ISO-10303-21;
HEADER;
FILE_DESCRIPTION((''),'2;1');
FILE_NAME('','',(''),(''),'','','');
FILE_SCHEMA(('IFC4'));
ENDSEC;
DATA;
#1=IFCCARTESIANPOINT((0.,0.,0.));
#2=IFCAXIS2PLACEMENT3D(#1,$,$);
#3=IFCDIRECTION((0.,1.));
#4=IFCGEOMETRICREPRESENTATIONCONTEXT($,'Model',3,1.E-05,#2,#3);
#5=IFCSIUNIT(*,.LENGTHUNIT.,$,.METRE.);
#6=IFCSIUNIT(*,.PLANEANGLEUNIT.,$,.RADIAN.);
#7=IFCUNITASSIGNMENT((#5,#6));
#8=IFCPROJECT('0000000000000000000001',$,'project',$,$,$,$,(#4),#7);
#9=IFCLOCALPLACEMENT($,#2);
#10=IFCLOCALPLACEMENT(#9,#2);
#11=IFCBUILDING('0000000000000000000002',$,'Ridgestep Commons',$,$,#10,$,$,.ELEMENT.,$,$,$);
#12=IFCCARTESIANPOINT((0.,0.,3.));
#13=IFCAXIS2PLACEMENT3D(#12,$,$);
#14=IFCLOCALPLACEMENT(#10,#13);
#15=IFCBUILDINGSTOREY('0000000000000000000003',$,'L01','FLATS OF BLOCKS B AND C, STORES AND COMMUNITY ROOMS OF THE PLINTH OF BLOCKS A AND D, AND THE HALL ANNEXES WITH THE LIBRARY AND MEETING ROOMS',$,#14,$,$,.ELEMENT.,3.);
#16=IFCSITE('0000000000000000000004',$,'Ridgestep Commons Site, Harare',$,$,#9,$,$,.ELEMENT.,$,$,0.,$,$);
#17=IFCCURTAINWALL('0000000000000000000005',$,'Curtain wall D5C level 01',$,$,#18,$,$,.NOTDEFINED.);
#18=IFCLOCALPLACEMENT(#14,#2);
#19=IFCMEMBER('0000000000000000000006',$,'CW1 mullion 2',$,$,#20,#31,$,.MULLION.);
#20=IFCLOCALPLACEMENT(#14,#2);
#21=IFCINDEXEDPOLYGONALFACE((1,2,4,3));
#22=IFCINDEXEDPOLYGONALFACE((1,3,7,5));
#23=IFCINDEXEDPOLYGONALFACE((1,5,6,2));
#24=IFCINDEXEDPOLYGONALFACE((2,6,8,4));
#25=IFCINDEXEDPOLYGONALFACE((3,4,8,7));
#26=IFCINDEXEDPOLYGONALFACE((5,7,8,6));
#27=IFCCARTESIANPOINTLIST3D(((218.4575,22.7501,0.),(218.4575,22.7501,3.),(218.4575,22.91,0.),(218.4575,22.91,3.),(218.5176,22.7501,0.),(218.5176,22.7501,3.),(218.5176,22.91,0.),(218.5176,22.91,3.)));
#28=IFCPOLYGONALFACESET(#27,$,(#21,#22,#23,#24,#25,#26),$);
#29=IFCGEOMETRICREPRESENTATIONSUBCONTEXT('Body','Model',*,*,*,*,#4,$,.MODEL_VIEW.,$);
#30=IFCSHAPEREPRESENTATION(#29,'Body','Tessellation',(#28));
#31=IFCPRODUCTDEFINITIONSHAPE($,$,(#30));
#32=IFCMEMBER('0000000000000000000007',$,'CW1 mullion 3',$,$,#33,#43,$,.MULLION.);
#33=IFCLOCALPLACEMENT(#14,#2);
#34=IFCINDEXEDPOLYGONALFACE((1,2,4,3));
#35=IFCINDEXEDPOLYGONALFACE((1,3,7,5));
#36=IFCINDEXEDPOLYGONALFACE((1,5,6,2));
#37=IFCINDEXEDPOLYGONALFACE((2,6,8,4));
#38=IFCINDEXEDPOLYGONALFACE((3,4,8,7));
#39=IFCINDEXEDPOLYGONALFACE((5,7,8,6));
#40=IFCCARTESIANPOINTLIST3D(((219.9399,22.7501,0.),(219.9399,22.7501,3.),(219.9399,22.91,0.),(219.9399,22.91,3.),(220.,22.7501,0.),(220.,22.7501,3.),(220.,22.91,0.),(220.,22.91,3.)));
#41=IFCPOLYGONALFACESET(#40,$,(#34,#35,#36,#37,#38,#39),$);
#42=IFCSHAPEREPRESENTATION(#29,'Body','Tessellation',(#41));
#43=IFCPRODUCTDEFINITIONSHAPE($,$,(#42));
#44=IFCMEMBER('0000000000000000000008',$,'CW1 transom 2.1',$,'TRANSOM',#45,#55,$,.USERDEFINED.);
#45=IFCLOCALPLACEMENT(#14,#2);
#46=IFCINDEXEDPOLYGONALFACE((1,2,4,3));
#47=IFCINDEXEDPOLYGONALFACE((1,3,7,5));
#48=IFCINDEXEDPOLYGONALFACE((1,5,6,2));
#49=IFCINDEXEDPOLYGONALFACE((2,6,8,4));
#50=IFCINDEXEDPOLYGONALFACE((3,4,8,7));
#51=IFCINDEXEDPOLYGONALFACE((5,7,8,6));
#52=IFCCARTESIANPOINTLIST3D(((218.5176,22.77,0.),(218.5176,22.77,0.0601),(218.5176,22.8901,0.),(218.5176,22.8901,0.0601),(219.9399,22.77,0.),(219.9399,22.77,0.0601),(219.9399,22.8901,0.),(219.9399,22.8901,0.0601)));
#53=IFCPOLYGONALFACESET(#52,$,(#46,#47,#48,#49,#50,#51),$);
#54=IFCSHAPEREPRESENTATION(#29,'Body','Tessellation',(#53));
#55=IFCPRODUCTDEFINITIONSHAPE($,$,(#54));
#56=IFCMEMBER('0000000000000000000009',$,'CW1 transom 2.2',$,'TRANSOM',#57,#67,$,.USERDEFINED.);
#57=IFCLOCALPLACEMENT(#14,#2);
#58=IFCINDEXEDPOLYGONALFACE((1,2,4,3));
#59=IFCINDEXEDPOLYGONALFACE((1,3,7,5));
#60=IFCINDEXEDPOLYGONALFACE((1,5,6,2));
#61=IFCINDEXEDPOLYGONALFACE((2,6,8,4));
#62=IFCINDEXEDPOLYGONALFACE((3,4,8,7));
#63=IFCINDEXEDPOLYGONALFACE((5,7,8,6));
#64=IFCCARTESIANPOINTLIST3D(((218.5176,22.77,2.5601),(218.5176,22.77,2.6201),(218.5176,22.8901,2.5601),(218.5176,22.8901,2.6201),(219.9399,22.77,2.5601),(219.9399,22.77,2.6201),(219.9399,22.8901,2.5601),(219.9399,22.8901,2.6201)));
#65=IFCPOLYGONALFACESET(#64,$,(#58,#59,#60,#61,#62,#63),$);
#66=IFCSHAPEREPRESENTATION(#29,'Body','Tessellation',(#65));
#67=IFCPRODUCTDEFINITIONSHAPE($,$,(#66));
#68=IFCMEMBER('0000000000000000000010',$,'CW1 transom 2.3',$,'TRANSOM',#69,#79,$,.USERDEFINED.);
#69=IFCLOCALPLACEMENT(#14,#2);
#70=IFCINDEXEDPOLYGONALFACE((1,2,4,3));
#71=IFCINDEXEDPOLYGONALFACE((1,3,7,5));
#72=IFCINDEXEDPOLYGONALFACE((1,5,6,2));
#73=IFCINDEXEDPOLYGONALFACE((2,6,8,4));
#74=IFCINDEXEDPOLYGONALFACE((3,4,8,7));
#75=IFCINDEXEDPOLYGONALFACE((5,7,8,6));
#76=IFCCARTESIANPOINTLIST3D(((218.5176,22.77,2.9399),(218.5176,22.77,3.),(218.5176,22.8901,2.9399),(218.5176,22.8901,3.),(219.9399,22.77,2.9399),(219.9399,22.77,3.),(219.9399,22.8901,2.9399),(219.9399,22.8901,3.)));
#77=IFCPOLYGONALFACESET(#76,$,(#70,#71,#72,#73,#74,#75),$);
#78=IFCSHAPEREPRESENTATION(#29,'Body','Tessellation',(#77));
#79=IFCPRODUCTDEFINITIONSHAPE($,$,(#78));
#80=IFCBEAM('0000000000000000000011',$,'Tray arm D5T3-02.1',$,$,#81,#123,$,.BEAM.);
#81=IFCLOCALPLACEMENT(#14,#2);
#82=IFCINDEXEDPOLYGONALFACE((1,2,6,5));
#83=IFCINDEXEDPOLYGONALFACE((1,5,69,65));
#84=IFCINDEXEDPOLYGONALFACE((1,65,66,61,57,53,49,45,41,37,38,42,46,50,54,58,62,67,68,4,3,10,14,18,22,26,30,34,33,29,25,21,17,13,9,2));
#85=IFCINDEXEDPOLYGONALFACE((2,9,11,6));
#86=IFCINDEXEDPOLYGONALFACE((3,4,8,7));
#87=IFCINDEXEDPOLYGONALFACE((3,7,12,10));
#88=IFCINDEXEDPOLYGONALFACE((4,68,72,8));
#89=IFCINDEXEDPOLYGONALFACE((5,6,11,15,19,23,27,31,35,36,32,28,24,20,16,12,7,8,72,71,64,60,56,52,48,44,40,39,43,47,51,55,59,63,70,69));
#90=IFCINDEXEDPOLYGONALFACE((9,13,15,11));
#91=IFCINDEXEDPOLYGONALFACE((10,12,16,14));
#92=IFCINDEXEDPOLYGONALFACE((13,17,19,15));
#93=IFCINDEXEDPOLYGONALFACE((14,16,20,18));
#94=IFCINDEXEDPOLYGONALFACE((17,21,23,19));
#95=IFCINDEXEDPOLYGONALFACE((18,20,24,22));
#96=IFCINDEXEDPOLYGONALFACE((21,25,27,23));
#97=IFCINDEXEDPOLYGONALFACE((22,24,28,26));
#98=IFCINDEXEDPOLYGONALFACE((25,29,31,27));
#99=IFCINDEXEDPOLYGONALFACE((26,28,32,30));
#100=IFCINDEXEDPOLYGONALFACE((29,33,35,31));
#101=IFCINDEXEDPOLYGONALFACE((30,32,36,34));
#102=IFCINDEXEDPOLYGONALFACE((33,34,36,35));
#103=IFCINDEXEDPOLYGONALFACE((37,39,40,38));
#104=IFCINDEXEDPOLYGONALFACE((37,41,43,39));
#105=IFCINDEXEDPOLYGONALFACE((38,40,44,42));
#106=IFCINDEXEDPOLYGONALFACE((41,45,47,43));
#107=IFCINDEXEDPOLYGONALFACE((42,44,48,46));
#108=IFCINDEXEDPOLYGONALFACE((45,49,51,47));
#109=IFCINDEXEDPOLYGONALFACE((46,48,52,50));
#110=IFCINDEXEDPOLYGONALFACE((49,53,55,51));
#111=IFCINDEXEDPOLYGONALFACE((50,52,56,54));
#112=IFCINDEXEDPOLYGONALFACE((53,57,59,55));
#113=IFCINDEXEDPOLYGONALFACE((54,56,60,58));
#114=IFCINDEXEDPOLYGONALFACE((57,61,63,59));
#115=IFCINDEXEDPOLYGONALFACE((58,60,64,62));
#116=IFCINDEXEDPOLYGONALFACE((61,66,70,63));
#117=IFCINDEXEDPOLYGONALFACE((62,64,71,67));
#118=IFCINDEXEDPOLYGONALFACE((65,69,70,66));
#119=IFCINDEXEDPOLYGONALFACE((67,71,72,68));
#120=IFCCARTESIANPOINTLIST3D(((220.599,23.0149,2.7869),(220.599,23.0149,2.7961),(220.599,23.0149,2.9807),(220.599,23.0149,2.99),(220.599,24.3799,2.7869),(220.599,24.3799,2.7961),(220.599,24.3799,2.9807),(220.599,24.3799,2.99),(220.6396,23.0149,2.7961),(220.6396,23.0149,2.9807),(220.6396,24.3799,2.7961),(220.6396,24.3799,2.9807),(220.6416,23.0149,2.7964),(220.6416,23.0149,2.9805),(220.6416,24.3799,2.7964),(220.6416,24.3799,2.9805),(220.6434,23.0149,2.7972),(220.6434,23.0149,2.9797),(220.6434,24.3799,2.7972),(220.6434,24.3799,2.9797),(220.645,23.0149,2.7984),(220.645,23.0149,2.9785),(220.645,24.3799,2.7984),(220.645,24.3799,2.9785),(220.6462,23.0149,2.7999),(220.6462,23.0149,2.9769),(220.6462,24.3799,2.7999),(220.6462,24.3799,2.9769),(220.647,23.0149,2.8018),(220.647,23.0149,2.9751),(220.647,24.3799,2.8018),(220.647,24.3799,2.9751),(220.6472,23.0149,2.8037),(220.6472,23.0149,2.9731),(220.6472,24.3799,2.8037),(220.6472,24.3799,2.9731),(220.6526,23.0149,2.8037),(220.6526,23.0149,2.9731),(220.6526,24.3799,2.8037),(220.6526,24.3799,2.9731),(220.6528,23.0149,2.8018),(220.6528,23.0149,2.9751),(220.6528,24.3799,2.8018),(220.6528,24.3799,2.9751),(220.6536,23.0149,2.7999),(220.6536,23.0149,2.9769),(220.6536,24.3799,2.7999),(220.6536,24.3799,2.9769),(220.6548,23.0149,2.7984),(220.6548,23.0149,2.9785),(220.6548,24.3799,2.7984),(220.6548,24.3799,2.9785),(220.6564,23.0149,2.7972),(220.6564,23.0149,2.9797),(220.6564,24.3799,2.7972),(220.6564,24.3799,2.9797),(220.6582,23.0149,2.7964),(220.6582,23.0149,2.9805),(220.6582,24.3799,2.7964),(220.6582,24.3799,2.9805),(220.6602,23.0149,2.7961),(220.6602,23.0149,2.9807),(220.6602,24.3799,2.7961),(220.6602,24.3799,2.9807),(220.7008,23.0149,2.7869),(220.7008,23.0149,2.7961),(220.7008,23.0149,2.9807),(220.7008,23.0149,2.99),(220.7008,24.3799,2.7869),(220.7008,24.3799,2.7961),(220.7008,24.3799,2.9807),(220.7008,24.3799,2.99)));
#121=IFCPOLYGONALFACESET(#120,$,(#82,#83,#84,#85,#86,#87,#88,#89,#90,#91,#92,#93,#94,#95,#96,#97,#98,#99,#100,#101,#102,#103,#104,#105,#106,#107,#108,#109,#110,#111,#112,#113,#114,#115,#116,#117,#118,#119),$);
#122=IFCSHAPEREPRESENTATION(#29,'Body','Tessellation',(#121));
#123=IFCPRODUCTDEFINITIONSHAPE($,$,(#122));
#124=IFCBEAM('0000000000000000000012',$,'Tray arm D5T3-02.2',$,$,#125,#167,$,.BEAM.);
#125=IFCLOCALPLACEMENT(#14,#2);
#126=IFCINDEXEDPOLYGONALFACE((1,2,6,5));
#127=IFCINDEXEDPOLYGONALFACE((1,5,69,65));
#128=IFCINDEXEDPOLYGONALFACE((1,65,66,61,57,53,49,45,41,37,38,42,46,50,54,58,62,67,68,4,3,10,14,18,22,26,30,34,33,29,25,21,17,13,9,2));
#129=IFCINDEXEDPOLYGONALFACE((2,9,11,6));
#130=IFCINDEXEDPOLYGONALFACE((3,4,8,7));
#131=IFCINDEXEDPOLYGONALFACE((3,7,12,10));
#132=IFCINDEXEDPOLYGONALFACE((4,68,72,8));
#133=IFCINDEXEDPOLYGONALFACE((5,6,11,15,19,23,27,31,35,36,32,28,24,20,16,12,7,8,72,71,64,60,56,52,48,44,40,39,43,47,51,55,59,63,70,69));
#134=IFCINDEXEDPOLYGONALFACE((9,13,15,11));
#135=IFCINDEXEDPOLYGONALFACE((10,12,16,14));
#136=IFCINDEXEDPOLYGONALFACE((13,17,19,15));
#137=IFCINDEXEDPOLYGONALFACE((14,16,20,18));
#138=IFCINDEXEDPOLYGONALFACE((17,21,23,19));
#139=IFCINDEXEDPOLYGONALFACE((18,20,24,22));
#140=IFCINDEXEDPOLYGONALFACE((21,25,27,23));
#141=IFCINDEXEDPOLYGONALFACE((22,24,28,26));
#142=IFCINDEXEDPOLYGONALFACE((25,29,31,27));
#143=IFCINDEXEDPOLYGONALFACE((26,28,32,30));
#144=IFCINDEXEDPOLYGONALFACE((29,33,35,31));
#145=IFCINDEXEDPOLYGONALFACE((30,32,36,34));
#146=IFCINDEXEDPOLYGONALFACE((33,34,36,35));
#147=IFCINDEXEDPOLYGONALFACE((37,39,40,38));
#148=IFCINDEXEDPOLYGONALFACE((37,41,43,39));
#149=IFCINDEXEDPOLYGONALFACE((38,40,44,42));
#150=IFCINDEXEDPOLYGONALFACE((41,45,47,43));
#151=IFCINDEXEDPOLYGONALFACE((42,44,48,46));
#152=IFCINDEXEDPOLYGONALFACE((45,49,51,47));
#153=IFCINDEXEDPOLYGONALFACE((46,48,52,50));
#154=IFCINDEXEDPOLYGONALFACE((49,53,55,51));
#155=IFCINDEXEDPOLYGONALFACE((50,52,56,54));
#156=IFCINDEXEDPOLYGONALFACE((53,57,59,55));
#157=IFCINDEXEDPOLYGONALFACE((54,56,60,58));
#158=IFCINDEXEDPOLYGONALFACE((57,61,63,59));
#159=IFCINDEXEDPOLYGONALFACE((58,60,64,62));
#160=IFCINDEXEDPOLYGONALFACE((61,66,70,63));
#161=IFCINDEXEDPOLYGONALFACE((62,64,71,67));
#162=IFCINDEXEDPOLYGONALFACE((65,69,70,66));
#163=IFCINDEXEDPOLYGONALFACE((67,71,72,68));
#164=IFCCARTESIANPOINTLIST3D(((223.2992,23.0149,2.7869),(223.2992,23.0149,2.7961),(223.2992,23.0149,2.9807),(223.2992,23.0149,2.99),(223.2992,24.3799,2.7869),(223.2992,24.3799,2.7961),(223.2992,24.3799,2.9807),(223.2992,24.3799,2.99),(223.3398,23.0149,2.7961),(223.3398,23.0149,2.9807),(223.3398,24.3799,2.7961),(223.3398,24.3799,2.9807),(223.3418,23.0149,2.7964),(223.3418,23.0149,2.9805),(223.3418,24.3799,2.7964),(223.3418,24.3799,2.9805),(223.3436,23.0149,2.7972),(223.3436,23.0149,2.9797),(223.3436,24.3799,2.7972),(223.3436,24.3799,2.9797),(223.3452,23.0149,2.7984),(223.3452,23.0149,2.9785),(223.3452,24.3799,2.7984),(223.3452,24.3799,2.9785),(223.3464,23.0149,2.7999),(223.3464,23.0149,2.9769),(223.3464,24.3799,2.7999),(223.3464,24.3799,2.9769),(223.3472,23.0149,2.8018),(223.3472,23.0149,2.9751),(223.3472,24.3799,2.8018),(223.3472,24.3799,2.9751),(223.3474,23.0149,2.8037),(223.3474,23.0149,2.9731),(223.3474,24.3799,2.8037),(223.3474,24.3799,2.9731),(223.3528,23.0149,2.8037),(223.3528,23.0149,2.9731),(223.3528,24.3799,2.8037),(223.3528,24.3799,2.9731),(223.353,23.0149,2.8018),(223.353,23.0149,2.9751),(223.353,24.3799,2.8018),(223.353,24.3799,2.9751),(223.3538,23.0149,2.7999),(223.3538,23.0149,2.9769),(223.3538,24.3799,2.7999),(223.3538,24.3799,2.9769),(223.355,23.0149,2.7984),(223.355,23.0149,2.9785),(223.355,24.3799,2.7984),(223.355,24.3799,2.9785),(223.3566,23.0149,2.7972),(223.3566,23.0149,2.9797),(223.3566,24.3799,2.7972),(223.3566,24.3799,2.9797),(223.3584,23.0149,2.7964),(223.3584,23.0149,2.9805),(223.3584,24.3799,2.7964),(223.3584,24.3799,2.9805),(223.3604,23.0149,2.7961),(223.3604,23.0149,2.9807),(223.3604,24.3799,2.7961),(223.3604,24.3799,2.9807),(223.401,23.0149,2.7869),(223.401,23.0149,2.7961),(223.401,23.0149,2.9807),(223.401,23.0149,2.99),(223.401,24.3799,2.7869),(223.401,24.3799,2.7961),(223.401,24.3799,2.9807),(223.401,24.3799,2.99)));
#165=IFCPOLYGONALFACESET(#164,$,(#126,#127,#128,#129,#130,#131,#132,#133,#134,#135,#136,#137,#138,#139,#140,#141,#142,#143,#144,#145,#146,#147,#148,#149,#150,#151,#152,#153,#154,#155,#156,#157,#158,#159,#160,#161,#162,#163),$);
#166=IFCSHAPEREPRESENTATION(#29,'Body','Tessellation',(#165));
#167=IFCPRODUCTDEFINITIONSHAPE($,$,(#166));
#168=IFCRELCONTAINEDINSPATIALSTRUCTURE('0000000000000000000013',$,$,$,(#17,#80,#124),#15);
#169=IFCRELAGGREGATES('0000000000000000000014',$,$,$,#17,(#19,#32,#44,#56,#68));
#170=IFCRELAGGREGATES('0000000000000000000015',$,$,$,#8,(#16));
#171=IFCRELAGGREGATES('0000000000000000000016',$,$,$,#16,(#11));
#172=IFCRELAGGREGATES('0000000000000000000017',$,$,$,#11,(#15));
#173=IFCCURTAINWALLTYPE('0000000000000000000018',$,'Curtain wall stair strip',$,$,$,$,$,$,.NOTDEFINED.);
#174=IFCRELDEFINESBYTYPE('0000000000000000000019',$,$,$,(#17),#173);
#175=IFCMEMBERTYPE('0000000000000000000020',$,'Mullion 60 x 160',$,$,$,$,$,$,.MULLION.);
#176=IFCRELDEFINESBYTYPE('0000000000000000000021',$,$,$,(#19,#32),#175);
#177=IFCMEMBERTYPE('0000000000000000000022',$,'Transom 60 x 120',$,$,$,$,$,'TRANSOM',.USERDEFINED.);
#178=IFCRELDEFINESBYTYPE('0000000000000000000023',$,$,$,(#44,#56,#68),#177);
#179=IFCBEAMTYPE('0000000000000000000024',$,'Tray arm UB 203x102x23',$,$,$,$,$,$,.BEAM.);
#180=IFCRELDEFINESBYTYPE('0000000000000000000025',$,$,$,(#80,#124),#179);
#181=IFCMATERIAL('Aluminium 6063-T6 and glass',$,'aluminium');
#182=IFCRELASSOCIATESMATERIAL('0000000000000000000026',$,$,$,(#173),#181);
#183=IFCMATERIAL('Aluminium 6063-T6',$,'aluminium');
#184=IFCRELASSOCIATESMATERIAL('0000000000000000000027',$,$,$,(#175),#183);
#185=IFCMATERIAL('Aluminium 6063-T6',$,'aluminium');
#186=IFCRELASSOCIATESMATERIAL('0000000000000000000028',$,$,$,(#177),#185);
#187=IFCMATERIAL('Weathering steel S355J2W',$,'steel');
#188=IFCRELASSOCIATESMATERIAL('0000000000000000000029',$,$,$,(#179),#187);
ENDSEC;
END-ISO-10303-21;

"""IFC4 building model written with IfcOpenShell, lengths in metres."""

from ifc_helpers import new_model, si_unit, direction, frame, origin, origin_2d, place, context, subcontext, project, spatial, rectangle, i_section, extrude, material, material_profile, profile_set, type_object, element, aggregate, save


model = new_model("IFC4")

# Units and contexts
model_context = context("Model", 3, precision=1e-05, world=origin(), true_north=direction((0.0, 1.0)))
body_context = subcontext(model_context, "Body", "Model", "MODEL_VIEW")
ifc_project = project(units=[si_unit("LENGTHUNIT", "METRE"), si_unit("PLANEANGLEUNIT", "RADIAN")], contexts=[model_context])

# Site, building, storey
site_placement = place(None, origin())
site = spatial("IfcSite", under=ifc_project, at=site_placement, Name="Ridgestep Commons Site, Harare", CompositionType="ELEMENT", RefElevation=0.0)
building_placement = place(site_placement, origin())
building = spatial("IfcBuilding", under=site, at=building_placement, Name="Ridgestep Commons", CompositionType="ELEMENT")
storey_placement = place(building_placement, frame((0.0, 0.0, 3.0)))
storey = spatial("IfcBuildingStorey", under=building, at=storey_placement, Name="L01", Description="FLATS OF BLOCKS B AND C, STORES AND COMMUNITY ROOMS OF THE PLINTH OF BLOCKS A AND D, AND THE HALL ANNEXES WITH THE LIBRARY AND MEETING ROOMS", CompositionType="ELEMENT", Elevation=3.0)

# Curtain wall, members
ifc_material_1 = material(Name="Aluminium 6063-T6 and glass", Category="aluminium")
curtain_wall_type = type_object("IfcCurtainWallType", Name="Curtain wall stair strip", PredefinedType="NOTDEFINED", material=ifc_material_1)
curtain_wall_placement = place(storey_placement, origin())
curtain_wall = element("IfcCurtainWall", 1, at=curtain_wall_placement, inside=storey, type_object=curtain_wall_type, Name="Curtain wall D5C level 01", PredefinedType="NOTDEFINED")
ifc_material_2 = material(Name="Aluminium 6063-T6", Category="aluminium")
ifc_material_profile_1 = material_profile(ifc_material_2, rectangle(XDim=0.1599, YDim=0.0601, at=origin_2d()), Name="Mullion 60 x 160")
ifc_profile_set_1 = profile_set([ifc_material_profile_1], Name="Aluminium 6063-T6")
member_type_1 = type_object("IfcMemberType", Name="Mullion 60 x 160", PredefinedType="MULLION", material=ifc_profile_set_1)
member_1_placement = place(storey_placement, frame((218.4875, 22.8301, 0.0), z_axis=(0.0, 0.0, 1.0), x_axis=(0.0, 1.0, 0.0)))
member_1 = element("IfcMember", 2, at=member_1_placement, type_object=member_type_1, Name="CW1 mullion 2", PredefinedType="MULLION", context=body_context, shape_type="SweptSolid", body=[
    extrude(rectangle(XDim=0.1599, YDim=0.0601, at=origin_2d()), origin(), (0.0, 0.0, 1.0), 3.0),
])
member_2_placement = place(storey_placement, frame((219.97, 22.8301, 0.0), z_axis=(0.0, 0.0, 1.0), x_axis=(0.0, 1.0, 0.0)))
member_2 = element("IfcMember", 3, at=member_2_placement, type_object=member_type_1, Name="CW1 mullion 3", PredefinedType="MULLION", context=body_context, shape_type="SweptSolid", body=[
    extrude(rectangle(XDim=0.1599, YDim=0.0601, at=origin_2d()), origin(), (0.0, 0.0, 1.0), 3.0),
])
ifc_material_3 = material(Name="Aluminium 6063-T6", Category="aluminium")
ifc_material_profile_2 = material_profile(ifc_material_3, rectangle(XDim=0.1201, YDim=0.0601, at=origin_2d()), Name="Transom 60 x 120")
ifc_profile_set_2 = profile_set([ifc_material_profile_2], Name="Aluminium 6063-T6")
member_type_2 = type_object("IfcMemberType", Name="Transom 60 x 120", ElementType="TRANSOM", PredefinedType="USERDEFINED", material=ifc_profile_set_2)
member_3_placement = place(storey_placement, frame((218.5176, 22.8301, 0.03), z_axis=(1.0, 0.0, 0.0), x_axis=(0.0, 1.0, 0.0)))
member_3 = element("IfcMember", 4, at=member_3_placement, type_object=member_type_2, Name="CW1 transom 2.1", ObjectType="TRANSOM", PredefinedType="USERDEFINED", context=body_context, shape_type="SweptSolid", body=[
    extrude(rectangle(XDim=0.1201, YDim=0.0601, at=origin_2d()), origin(), (0.0, 0.0, 1.0), 1.4224),
])
member_4_placement = place(storey_placement, frame((218.5176, 22.8301, 2.5901), z_axis=(1.0, 0.0, 0.0), x_axis=(0.0, 1.0, 0.0)))
member_4 = element("IfcMember", 5, at=member_4_placement, type_object=member_type_2, Name="CW1 transom 2.2", ObjectType="TRANSOM", PredefinedType="USERDEFINED", context=body_context, shape_type="SweptSolid", body=[
    extrude(rectangle(XDim=0.1201, YDim=0.0601, at=origin_2d()), origin(), (0.0, 0.0, 1.0), 1.4224),
])
member_5_placement = place(storey_placement, frame((218.5176, 22.8301, 2.97), z_axis=(1.0, 0.0, 0.0), x_axis=(0.0, 1.0, 0.0)))
member_5 = element("IfcMember", 6, at=member_5_placement, type_object=member_type_2, Name="CW1 transom 2.3", ObjectType="TRANSOM", PredefinedType="USERDEFINED", context=body_context, shape_type="SweptSolid", body=[
    extrude(rectangle(XDim=0.1201, YDim=0.0601, at=origin_2d()), origin(), (0.0, 0.0, 1.0), 1.4224),
])

# Beams
ifc_material_4 = material(Name="Weathering steel S355J2W", Category="steel")
ifc_material_profile_3 = material_profile(ifc_material_4, i_section(OverallWidth=0.1018, OverallDepth=0.2031, WebThickness=0.0054, FlangeThickness=0.0093, FilletRadius=0.0076, at=origin_2d()), Name="UB 203x102x23")
ifc_profile_set_3 = profile_set([ifc_material_profile_3], Name="Weathering steel S355J2W")
beam_type_1 = type_object("IfcBeamType", Name="Tray arm UB 203x102x23", PredefinedType="BEAM", material=ifc_profile_set_3)
for number, where, z_axis, x_axis, name in (
    (7, (220.6499, 23.0149, 2.8884), (0.0, 1.0, 0.0), (-1.0, 0.0, 0.0), "Tray arm D5T3-02.1"),
    (8, (223.3501, 23.0149, 2.8884), (0.0, 1.0, 0.0), (-1.0, 0.0, 0.0), "Tray arm D5T3-02.2"),
):
    element("IfcBeam", number, at=place(storey_placement, frame(where, z_axis=z_axis, x_axis=x_axis)), inside=storey, type_object=beam_type_1, Name=name, PredefinedType="BEAM", context=body_context, shape_type="SweptSolid", body=[
        extrude(i_section(OverallWidth=0.1018, OverallDepth=0.2031, WebThickness=0.0054, FlangeThickness=0.0093, FilletRadius=0.0076, at=origin_2d()), origin(), (0.0, 0.0, 1.0), 1.365),
    ])

aggregate(curtain_wall, [member_1, member_2, member_3, member_4, member_5])

save(model, "model.ifc")
